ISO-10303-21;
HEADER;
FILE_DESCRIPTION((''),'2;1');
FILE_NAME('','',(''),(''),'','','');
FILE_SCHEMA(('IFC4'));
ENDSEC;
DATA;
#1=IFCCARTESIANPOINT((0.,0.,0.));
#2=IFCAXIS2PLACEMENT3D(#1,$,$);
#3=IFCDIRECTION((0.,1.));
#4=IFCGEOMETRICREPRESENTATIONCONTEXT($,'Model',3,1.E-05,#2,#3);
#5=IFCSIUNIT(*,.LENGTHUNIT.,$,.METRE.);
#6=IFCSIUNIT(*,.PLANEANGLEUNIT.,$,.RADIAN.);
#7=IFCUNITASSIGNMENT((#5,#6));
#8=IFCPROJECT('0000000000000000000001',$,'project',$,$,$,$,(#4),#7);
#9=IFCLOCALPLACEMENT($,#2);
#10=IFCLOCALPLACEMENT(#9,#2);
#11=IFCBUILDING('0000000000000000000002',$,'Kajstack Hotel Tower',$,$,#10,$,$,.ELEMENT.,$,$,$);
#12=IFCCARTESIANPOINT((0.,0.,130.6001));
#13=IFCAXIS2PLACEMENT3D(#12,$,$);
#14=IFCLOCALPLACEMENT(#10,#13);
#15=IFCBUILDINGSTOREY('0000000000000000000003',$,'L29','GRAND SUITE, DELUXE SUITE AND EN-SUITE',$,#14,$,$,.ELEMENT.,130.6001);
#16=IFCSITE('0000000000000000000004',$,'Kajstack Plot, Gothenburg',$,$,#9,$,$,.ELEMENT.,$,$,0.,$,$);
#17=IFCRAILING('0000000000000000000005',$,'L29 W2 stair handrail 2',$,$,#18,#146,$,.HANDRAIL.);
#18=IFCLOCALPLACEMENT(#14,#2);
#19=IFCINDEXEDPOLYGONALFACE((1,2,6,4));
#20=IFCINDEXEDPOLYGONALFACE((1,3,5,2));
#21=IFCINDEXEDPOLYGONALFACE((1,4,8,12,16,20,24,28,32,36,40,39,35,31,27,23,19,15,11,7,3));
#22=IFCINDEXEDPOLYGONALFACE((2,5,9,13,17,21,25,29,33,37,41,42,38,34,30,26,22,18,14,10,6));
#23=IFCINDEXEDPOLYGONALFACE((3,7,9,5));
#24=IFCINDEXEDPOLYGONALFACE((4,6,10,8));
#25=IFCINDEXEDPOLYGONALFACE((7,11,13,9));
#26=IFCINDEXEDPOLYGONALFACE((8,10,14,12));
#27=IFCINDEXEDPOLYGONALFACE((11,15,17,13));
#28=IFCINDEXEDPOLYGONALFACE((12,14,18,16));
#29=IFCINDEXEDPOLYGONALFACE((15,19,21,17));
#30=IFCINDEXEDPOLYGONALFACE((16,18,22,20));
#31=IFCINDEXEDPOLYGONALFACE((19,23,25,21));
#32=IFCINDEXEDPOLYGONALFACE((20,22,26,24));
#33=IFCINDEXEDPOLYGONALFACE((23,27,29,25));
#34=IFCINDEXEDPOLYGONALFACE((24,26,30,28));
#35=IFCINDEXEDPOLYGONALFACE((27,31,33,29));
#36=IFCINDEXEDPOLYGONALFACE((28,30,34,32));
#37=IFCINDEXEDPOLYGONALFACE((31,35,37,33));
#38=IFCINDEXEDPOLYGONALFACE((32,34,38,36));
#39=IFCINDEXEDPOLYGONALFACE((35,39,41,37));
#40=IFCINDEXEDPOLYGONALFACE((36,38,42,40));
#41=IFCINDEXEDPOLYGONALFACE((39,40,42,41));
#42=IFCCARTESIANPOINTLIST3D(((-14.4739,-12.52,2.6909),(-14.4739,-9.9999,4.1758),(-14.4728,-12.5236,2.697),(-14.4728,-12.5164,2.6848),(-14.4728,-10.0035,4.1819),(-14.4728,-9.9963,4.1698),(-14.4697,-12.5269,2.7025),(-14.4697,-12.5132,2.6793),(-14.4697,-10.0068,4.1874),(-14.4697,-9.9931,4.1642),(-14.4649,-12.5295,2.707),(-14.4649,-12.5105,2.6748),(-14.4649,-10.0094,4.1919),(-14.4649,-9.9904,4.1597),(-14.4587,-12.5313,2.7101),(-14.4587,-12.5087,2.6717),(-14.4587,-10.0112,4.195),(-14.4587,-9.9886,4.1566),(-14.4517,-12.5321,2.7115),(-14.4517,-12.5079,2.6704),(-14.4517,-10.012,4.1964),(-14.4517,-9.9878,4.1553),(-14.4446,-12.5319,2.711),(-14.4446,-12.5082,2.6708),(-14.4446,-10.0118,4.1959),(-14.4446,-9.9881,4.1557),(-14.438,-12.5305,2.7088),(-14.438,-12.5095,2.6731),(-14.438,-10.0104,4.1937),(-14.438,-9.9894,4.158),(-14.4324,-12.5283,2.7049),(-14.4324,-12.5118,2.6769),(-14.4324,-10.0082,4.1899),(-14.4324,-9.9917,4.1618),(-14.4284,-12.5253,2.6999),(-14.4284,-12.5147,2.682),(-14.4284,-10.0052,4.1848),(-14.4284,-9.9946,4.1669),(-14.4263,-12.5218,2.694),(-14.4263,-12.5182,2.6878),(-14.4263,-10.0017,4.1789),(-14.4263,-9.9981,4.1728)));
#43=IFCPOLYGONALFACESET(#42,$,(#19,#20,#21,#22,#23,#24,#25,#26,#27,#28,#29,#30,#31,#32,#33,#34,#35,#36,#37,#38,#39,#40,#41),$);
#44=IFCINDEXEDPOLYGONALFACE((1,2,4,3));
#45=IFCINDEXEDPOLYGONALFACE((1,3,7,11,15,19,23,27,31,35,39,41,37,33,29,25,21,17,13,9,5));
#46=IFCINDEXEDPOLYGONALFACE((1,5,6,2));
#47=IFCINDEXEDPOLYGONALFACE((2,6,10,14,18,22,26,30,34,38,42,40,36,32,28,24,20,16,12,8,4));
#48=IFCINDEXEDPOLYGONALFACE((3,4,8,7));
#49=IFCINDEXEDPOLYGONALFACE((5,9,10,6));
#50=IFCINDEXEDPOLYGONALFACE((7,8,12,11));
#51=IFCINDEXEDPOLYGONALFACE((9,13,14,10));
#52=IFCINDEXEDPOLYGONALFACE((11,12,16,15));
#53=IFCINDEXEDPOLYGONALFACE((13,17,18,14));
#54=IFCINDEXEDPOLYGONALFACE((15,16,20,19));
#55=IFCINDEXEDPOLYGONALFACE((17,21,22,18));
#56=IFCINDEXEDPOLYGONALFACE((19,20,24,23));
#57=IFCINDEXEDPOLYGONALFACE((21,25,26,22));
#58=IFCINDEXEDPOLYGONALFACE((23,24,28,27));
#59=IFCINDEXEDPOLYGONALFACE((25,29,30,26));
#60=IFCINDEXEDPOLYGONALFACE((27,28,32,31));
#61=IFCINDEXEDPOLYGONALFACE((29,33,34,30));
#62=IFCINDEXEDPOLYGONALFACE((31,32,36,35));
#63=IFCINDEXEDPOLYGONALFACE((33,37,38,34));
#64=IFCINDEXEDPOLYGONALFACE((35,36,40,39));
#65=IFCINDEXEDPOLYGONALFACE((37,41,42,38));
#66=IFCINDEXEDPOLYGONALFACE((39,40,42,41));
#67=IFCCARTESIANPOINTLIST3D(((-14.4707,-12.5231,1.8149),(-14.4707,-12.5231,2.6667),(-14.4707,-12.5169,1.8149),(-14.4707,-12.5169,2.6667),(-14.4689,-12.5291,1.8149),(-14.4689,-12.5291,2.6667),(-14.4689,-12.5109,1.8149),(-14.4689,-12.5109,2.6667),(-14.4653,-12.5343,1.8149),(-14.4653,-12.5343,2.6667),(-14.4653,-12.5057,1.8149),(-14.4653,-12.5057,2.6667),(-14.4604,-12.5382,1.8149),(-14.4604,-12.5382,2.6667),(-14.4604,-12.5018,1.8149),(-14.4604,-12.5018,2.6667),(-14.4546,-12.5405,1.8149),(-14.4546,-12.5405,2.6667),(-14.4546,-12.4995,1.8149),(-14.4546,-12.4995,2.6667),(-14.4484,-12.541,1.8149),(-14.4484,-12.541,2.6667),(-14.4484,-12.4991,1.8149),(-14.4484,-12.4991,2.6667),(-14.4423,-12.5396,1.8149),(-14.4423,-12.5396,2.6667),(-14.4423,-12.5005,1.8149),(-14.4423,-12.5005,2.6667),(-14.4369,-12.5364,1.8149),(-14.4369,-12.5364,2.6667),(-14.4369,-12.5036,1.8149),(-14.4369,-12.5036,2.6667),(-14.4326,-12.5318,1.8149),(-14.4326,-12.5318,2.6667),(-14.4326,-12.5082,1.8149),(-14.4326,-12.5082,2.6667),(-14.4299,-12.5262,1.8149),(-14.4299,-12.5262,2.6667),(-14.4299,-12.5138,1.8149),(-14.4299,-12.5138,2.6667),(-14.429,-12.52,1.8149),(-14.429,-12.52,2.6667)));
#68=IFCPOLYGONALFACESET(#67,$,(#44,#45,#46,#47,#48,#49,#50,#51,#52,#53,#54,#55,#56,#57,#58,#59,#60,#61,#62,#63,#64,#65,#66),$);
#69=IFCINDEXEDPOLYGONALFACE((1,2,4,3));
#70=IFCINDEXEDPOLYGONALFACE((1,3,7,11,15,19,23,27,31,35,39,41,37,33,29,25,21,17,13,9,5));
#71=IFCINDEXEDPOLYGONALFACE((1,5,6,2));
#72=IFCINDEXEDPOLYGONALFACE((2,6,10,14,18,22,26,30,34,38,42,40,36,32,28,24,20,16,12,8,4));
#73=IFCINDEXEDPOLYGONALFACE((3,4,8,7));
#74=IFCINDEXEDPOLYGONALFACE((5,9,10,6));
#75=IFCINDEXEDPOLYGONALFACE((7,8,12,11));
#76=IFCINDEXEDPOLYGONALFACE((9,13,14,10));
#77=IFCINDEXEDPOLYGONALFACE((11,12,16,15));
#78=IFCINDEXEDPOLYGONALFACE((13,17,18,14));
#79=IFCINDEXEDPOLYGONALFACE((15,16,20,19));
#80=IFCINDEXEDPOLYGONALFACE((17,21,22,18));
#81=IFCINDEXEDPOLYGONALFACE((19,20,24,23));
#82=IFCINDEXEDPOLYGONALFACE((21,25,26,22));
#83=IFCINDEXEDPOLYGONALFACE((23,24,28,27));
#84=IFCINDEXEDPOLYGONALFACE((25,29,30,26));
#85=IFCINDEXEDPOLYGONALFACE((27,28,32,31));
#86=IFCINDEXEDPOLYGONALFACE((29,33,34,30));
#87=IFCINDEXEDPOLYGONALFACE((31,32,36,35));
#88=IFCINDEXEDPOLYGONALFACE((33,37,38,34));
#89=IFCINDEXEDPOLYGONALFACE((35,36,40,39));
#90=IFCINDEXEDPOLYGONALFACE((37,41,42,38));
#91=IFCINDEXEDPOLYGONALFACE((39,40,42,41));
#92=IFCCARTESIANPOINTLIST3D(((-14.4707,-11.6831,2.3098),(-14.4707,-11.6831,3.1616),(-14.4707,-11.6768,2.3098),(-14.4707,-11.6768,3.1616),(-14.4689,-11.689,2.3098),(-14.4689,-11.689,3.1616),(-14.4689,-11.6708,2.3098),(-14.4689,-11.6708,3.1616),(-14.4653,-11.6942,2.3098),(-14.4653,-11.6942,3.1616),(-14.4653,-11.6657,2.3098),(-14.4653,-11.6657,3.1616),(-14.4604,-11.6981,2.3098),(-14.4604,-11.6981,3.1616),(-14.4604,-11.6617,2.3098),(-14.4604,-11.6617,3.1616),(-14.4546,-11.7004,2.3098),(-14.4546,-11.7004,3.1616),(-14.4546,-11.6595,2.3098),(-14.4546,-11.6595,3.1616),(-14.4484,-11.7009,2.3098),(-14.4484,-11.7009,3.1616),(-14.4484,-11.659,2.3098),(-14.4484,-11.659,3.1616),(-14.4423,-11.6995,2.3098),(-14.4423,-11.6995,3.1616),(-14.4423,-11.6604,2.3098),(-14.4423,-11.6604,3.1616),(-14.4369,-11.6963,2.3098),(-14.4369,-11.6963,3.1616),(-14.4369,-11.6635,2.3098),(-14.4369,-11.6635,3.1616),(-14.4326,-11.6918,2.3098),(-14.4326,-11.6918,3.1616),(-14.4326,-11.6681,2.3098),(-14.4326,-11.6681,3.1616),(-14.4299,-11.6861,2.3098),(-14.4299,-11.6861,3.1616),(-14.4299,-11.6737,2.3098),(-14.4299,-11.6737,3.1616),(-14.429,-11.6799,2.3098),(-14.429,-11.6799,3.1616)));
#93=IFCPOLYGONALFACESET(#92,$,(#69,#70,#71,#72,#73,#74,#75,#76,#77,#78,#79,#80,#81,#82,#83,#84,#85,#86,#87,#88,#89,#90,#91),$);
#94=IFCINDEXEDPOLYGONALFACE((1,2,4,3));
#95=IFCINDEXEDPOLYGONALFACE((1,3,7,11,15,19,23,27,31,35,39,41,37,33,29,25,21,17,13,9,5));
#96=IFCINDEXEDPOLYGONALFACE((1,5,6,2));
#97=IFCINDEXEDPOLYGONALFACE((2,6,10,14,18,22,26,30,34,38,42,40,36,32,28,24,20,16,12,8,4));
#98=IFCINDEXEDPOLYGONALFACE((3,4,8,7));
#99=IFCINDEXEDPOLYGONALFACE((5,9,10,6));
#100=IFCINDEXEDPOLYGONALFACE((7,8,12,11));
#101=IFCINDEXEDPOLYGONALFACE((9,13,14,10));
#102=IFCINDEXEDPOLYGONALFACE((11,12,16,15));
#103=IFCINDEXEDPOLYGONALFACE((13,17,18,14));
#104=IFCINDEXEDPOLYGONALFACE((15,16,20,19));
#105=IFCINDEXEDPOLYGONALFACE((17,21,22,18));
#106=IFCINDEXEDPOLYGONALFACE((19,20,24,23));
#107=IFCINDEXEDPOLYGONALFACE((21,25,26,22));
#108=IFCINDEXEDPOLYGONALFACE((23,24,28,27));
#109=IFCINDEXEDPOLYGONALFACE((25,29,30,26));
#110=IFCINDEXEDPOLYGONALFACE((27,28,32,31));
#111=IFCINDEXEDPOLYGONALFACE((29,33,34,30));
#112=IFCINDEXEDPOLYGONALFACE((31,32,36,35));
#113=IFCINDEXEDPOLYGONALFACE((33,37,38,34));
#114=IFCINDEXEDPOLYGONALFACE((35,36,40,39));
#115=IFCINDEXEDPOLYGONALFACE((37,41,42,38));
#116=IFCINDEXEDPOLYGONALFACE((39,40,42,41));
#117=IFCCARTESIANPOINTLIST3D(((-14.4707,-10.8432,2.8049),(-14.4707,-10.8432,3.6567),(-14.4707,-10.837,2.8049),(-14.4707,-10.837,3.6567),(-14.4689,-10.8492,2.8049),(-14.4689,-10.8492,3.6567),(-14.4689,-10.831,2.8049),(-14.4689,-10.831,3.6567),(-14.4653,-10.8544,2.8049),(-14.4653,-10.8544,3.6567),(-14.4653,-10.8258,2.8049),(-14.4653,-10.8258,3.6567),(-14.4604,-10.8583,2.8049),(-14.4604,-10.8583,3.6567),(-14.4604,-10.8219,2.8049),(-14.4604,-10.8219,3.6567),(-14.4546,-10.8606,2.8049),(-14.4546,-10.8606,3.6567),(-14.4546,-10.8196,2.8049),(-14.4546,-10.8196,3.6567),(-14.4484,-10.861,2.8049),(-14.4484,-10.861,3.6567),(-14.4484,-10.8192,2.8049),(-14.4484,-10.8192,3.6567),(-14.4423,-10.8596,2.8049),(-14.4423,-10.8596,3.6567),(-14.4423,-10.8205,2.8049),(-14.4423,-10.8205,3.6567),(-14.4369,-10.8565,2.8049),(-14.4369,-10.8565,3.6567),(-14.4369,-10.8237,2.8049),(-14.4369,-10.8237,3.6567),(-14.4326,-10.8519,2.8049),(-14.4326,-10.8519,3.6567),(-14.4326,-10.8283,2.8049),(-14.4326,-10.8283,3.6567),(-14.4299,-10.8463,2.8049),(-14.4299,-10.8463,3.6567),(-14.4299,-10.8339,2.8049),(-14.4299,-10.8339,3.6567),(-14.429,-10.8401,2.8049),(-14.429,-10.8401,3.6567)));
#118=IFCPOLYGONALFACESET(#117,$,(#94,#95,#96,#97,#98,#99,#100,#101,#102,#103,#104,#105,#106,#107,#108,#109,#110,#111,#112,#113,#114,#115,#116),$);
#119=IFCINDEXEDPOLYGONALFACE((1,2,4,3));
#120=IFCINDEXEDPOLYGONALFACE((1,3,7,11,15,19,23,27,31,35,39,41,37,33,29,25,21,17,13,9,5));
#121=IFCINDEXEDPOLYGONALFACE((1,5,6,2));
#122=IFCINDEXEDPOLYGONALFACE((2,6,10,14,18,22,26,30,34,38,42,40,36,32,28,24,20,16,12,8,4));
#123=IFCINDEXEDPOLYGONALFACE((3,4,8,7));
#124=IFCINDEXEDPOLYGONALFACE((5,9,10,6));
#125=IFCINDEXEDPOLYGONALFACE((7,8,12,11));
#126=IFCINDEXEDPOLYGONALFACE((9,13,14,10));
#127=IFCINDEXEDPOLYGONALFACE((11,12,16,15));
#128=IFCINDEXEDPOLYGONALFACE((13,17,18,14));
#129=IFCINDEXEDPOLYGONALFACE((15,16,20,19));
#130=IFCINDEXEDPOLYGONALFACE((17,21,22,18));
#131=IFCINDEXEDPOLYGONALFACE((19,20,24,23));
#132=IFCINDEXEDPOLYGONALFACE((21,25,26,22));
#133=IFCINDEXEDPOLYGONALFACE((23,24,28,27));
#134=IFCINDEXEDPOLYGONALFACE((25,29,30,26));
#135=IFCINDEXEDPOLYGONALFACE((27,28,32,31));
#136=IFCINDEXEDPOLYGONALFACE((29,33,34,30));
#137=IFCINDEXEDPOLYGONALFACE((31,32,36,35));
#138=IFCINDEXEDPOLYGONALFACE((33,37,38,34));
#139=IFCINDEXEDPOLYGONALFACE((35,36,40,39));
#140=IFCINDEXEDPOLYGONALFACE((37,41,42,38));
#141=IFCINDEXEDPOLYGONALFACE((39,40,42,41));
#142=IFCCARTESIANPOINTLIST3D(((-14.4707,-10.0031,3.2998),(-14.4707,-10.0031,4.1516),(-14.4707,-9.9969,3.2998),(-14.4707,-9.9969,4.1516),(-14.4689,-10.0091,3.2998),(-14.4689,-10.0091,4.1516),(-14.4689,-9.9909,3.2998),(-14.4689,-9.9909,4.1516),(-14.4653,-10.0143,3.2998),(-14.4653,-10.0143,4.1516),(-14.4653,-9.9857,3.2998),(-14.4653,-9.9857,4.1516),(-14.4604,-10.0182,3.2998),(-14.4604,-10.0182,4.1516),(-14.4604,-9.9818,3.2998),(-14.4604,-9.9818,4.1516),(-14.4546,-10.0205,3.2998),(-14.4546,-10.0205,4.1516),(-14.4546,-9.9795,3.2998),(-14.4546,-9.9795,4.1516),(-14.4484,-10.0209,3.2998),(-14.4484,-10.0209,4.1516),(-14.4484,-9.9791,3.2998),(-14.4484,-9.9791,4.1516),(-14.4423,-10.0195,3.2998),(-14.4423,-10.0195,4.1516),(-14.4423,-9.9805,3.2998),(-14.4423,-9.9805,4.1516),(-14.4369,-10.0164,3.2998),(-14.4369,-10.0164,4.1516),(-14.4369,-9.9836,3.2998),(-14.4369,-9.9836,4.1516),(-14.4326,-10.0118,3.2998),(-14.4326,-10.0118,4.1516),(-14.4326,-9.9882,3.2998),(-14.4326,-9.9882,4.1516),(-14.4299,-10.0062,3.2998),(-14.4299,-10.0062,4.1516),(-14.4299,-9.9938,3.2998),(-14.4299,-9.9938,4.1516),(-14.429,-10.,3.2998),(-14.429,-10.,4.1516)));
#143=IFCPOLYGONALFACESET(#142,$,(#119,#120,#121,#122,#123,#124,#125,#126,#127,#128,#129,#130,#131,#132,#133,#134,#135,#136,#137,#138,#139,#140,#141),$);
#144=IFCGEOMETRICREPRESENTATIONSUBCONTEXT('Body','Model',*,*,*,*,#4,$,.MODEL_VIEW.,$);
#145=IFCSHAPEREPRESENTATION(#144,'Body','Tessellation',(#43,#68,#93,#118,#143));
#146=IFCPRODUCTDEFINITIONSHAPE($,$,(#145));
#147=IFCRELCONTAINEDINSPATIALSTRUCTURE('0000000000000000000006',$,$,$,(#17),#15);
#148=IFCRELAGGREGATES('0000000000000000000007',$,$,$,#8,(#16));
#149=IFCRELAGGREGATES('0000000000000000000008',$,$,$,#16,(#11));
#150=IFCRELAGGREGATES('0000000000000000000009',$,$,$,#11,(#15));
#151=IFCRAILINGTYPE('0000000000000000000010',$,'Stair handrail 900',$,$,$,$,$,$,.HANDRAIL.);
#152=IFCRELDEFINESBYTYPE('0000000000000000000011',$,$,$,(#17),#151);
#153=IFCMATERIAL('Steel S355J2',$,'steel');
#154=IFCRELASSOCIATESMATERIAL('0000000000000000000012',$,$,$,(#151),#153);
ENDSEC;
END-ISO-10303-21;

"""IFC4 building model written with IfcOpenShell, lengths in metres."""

from ifc_helpers import new_model, si_unit, direction, frame, origin, origin_2d, place, context, subcontext, project, spatial, circle, extrude, material, type_object, element, save


model = new_model("IFC4")

# Units and contexts
model_context = context("Model", 3, precision=1e-05, world=origin(), true_north=direction((0.0, 1.0)))
body_context = subcontext(model_context, "Body", "Model", "MODEL_VIEW")
ifc_project = project(units=[si_unit("LENGTHUNIT", "METRE"), si_unit("PLANEANGLEUNIT", "RADIAN")], contexts=[model_context])

# Site, building, storey
site_placement = place(None, origin())
site = spatial("IfcSite", under=ifc_project, at=site_placement, Name="Kajstack Plot, Gothenburg", CompositionType="ELEMENT", RefElevation=0.0)
building_placement = place(site_placement, origin())
building = spatial("IfcBuilding", under=site, at=building_placement, Name="Kajstack Hotel Tower", CompositionType="ELEMENT")
storey_placement = place(building_placement, frame((0.0, 0.0, 130.6001)))
storey = spatial("IfcBuildingStorey", under=building, at=storey_placement, Name="L29", Description="GRAND SUITE, DELUXE SUITE AND EN-SUITE", CompositionType="ELEMENT", Elevation=130.6001)

# Railing
ifc_material_1 = material(Name="Steel S355J2", Category="steel")
railing_type_1 = type_object("IfcRailingType", Name="Stair handrail 900", PredefinedType="HANDRAIL", material=ifc_material_1)
railing_1_placement = place(storey_placement, frame((-14.45, -12.52, 1.8149)))
element("IfcRailing", 1, at=railing_1_placement, inside=storey, type_object=railing_type_1, Name="L29 W2 stair handrail 2", PredefinedType="HANDRAIL", context=body_context, shape_type="SweptSolid", body=[
    extrude(circle(Radius=0.0239, at=origin_2d()), frame((0.0, 0.0, 0.876), z_axis=(0.0, 0.861561, 0.507655), x_axis=(-1.0, 0.0, 0.0)), (0.0, 0.0, 1.0), 2.925),
    extrude(circle(Radius=0.021, at=origin_2d()), origin(), (0.0, 0.0, 1.0), 0.8518),
    extrude(circle(Radius=0.021, at=origin_2d()), frame((0.0, 0.8401, 0.4949)), (0.0, 0.0, 1.0), 0.8518),
    extrude(circle(Radius=0.021, at=origin_2d()), frame((0.0, 1.6799, 0.99)), (0.0, 0.0, 1.0), 0.8518),
    extrude(circle(Radius=0.021, at=origin_2d()), frame((0.0, 2.52, 1.4849)), (0.0, 0.0, 1.0), 0.8518),
])

save(model, "model.ifc")
